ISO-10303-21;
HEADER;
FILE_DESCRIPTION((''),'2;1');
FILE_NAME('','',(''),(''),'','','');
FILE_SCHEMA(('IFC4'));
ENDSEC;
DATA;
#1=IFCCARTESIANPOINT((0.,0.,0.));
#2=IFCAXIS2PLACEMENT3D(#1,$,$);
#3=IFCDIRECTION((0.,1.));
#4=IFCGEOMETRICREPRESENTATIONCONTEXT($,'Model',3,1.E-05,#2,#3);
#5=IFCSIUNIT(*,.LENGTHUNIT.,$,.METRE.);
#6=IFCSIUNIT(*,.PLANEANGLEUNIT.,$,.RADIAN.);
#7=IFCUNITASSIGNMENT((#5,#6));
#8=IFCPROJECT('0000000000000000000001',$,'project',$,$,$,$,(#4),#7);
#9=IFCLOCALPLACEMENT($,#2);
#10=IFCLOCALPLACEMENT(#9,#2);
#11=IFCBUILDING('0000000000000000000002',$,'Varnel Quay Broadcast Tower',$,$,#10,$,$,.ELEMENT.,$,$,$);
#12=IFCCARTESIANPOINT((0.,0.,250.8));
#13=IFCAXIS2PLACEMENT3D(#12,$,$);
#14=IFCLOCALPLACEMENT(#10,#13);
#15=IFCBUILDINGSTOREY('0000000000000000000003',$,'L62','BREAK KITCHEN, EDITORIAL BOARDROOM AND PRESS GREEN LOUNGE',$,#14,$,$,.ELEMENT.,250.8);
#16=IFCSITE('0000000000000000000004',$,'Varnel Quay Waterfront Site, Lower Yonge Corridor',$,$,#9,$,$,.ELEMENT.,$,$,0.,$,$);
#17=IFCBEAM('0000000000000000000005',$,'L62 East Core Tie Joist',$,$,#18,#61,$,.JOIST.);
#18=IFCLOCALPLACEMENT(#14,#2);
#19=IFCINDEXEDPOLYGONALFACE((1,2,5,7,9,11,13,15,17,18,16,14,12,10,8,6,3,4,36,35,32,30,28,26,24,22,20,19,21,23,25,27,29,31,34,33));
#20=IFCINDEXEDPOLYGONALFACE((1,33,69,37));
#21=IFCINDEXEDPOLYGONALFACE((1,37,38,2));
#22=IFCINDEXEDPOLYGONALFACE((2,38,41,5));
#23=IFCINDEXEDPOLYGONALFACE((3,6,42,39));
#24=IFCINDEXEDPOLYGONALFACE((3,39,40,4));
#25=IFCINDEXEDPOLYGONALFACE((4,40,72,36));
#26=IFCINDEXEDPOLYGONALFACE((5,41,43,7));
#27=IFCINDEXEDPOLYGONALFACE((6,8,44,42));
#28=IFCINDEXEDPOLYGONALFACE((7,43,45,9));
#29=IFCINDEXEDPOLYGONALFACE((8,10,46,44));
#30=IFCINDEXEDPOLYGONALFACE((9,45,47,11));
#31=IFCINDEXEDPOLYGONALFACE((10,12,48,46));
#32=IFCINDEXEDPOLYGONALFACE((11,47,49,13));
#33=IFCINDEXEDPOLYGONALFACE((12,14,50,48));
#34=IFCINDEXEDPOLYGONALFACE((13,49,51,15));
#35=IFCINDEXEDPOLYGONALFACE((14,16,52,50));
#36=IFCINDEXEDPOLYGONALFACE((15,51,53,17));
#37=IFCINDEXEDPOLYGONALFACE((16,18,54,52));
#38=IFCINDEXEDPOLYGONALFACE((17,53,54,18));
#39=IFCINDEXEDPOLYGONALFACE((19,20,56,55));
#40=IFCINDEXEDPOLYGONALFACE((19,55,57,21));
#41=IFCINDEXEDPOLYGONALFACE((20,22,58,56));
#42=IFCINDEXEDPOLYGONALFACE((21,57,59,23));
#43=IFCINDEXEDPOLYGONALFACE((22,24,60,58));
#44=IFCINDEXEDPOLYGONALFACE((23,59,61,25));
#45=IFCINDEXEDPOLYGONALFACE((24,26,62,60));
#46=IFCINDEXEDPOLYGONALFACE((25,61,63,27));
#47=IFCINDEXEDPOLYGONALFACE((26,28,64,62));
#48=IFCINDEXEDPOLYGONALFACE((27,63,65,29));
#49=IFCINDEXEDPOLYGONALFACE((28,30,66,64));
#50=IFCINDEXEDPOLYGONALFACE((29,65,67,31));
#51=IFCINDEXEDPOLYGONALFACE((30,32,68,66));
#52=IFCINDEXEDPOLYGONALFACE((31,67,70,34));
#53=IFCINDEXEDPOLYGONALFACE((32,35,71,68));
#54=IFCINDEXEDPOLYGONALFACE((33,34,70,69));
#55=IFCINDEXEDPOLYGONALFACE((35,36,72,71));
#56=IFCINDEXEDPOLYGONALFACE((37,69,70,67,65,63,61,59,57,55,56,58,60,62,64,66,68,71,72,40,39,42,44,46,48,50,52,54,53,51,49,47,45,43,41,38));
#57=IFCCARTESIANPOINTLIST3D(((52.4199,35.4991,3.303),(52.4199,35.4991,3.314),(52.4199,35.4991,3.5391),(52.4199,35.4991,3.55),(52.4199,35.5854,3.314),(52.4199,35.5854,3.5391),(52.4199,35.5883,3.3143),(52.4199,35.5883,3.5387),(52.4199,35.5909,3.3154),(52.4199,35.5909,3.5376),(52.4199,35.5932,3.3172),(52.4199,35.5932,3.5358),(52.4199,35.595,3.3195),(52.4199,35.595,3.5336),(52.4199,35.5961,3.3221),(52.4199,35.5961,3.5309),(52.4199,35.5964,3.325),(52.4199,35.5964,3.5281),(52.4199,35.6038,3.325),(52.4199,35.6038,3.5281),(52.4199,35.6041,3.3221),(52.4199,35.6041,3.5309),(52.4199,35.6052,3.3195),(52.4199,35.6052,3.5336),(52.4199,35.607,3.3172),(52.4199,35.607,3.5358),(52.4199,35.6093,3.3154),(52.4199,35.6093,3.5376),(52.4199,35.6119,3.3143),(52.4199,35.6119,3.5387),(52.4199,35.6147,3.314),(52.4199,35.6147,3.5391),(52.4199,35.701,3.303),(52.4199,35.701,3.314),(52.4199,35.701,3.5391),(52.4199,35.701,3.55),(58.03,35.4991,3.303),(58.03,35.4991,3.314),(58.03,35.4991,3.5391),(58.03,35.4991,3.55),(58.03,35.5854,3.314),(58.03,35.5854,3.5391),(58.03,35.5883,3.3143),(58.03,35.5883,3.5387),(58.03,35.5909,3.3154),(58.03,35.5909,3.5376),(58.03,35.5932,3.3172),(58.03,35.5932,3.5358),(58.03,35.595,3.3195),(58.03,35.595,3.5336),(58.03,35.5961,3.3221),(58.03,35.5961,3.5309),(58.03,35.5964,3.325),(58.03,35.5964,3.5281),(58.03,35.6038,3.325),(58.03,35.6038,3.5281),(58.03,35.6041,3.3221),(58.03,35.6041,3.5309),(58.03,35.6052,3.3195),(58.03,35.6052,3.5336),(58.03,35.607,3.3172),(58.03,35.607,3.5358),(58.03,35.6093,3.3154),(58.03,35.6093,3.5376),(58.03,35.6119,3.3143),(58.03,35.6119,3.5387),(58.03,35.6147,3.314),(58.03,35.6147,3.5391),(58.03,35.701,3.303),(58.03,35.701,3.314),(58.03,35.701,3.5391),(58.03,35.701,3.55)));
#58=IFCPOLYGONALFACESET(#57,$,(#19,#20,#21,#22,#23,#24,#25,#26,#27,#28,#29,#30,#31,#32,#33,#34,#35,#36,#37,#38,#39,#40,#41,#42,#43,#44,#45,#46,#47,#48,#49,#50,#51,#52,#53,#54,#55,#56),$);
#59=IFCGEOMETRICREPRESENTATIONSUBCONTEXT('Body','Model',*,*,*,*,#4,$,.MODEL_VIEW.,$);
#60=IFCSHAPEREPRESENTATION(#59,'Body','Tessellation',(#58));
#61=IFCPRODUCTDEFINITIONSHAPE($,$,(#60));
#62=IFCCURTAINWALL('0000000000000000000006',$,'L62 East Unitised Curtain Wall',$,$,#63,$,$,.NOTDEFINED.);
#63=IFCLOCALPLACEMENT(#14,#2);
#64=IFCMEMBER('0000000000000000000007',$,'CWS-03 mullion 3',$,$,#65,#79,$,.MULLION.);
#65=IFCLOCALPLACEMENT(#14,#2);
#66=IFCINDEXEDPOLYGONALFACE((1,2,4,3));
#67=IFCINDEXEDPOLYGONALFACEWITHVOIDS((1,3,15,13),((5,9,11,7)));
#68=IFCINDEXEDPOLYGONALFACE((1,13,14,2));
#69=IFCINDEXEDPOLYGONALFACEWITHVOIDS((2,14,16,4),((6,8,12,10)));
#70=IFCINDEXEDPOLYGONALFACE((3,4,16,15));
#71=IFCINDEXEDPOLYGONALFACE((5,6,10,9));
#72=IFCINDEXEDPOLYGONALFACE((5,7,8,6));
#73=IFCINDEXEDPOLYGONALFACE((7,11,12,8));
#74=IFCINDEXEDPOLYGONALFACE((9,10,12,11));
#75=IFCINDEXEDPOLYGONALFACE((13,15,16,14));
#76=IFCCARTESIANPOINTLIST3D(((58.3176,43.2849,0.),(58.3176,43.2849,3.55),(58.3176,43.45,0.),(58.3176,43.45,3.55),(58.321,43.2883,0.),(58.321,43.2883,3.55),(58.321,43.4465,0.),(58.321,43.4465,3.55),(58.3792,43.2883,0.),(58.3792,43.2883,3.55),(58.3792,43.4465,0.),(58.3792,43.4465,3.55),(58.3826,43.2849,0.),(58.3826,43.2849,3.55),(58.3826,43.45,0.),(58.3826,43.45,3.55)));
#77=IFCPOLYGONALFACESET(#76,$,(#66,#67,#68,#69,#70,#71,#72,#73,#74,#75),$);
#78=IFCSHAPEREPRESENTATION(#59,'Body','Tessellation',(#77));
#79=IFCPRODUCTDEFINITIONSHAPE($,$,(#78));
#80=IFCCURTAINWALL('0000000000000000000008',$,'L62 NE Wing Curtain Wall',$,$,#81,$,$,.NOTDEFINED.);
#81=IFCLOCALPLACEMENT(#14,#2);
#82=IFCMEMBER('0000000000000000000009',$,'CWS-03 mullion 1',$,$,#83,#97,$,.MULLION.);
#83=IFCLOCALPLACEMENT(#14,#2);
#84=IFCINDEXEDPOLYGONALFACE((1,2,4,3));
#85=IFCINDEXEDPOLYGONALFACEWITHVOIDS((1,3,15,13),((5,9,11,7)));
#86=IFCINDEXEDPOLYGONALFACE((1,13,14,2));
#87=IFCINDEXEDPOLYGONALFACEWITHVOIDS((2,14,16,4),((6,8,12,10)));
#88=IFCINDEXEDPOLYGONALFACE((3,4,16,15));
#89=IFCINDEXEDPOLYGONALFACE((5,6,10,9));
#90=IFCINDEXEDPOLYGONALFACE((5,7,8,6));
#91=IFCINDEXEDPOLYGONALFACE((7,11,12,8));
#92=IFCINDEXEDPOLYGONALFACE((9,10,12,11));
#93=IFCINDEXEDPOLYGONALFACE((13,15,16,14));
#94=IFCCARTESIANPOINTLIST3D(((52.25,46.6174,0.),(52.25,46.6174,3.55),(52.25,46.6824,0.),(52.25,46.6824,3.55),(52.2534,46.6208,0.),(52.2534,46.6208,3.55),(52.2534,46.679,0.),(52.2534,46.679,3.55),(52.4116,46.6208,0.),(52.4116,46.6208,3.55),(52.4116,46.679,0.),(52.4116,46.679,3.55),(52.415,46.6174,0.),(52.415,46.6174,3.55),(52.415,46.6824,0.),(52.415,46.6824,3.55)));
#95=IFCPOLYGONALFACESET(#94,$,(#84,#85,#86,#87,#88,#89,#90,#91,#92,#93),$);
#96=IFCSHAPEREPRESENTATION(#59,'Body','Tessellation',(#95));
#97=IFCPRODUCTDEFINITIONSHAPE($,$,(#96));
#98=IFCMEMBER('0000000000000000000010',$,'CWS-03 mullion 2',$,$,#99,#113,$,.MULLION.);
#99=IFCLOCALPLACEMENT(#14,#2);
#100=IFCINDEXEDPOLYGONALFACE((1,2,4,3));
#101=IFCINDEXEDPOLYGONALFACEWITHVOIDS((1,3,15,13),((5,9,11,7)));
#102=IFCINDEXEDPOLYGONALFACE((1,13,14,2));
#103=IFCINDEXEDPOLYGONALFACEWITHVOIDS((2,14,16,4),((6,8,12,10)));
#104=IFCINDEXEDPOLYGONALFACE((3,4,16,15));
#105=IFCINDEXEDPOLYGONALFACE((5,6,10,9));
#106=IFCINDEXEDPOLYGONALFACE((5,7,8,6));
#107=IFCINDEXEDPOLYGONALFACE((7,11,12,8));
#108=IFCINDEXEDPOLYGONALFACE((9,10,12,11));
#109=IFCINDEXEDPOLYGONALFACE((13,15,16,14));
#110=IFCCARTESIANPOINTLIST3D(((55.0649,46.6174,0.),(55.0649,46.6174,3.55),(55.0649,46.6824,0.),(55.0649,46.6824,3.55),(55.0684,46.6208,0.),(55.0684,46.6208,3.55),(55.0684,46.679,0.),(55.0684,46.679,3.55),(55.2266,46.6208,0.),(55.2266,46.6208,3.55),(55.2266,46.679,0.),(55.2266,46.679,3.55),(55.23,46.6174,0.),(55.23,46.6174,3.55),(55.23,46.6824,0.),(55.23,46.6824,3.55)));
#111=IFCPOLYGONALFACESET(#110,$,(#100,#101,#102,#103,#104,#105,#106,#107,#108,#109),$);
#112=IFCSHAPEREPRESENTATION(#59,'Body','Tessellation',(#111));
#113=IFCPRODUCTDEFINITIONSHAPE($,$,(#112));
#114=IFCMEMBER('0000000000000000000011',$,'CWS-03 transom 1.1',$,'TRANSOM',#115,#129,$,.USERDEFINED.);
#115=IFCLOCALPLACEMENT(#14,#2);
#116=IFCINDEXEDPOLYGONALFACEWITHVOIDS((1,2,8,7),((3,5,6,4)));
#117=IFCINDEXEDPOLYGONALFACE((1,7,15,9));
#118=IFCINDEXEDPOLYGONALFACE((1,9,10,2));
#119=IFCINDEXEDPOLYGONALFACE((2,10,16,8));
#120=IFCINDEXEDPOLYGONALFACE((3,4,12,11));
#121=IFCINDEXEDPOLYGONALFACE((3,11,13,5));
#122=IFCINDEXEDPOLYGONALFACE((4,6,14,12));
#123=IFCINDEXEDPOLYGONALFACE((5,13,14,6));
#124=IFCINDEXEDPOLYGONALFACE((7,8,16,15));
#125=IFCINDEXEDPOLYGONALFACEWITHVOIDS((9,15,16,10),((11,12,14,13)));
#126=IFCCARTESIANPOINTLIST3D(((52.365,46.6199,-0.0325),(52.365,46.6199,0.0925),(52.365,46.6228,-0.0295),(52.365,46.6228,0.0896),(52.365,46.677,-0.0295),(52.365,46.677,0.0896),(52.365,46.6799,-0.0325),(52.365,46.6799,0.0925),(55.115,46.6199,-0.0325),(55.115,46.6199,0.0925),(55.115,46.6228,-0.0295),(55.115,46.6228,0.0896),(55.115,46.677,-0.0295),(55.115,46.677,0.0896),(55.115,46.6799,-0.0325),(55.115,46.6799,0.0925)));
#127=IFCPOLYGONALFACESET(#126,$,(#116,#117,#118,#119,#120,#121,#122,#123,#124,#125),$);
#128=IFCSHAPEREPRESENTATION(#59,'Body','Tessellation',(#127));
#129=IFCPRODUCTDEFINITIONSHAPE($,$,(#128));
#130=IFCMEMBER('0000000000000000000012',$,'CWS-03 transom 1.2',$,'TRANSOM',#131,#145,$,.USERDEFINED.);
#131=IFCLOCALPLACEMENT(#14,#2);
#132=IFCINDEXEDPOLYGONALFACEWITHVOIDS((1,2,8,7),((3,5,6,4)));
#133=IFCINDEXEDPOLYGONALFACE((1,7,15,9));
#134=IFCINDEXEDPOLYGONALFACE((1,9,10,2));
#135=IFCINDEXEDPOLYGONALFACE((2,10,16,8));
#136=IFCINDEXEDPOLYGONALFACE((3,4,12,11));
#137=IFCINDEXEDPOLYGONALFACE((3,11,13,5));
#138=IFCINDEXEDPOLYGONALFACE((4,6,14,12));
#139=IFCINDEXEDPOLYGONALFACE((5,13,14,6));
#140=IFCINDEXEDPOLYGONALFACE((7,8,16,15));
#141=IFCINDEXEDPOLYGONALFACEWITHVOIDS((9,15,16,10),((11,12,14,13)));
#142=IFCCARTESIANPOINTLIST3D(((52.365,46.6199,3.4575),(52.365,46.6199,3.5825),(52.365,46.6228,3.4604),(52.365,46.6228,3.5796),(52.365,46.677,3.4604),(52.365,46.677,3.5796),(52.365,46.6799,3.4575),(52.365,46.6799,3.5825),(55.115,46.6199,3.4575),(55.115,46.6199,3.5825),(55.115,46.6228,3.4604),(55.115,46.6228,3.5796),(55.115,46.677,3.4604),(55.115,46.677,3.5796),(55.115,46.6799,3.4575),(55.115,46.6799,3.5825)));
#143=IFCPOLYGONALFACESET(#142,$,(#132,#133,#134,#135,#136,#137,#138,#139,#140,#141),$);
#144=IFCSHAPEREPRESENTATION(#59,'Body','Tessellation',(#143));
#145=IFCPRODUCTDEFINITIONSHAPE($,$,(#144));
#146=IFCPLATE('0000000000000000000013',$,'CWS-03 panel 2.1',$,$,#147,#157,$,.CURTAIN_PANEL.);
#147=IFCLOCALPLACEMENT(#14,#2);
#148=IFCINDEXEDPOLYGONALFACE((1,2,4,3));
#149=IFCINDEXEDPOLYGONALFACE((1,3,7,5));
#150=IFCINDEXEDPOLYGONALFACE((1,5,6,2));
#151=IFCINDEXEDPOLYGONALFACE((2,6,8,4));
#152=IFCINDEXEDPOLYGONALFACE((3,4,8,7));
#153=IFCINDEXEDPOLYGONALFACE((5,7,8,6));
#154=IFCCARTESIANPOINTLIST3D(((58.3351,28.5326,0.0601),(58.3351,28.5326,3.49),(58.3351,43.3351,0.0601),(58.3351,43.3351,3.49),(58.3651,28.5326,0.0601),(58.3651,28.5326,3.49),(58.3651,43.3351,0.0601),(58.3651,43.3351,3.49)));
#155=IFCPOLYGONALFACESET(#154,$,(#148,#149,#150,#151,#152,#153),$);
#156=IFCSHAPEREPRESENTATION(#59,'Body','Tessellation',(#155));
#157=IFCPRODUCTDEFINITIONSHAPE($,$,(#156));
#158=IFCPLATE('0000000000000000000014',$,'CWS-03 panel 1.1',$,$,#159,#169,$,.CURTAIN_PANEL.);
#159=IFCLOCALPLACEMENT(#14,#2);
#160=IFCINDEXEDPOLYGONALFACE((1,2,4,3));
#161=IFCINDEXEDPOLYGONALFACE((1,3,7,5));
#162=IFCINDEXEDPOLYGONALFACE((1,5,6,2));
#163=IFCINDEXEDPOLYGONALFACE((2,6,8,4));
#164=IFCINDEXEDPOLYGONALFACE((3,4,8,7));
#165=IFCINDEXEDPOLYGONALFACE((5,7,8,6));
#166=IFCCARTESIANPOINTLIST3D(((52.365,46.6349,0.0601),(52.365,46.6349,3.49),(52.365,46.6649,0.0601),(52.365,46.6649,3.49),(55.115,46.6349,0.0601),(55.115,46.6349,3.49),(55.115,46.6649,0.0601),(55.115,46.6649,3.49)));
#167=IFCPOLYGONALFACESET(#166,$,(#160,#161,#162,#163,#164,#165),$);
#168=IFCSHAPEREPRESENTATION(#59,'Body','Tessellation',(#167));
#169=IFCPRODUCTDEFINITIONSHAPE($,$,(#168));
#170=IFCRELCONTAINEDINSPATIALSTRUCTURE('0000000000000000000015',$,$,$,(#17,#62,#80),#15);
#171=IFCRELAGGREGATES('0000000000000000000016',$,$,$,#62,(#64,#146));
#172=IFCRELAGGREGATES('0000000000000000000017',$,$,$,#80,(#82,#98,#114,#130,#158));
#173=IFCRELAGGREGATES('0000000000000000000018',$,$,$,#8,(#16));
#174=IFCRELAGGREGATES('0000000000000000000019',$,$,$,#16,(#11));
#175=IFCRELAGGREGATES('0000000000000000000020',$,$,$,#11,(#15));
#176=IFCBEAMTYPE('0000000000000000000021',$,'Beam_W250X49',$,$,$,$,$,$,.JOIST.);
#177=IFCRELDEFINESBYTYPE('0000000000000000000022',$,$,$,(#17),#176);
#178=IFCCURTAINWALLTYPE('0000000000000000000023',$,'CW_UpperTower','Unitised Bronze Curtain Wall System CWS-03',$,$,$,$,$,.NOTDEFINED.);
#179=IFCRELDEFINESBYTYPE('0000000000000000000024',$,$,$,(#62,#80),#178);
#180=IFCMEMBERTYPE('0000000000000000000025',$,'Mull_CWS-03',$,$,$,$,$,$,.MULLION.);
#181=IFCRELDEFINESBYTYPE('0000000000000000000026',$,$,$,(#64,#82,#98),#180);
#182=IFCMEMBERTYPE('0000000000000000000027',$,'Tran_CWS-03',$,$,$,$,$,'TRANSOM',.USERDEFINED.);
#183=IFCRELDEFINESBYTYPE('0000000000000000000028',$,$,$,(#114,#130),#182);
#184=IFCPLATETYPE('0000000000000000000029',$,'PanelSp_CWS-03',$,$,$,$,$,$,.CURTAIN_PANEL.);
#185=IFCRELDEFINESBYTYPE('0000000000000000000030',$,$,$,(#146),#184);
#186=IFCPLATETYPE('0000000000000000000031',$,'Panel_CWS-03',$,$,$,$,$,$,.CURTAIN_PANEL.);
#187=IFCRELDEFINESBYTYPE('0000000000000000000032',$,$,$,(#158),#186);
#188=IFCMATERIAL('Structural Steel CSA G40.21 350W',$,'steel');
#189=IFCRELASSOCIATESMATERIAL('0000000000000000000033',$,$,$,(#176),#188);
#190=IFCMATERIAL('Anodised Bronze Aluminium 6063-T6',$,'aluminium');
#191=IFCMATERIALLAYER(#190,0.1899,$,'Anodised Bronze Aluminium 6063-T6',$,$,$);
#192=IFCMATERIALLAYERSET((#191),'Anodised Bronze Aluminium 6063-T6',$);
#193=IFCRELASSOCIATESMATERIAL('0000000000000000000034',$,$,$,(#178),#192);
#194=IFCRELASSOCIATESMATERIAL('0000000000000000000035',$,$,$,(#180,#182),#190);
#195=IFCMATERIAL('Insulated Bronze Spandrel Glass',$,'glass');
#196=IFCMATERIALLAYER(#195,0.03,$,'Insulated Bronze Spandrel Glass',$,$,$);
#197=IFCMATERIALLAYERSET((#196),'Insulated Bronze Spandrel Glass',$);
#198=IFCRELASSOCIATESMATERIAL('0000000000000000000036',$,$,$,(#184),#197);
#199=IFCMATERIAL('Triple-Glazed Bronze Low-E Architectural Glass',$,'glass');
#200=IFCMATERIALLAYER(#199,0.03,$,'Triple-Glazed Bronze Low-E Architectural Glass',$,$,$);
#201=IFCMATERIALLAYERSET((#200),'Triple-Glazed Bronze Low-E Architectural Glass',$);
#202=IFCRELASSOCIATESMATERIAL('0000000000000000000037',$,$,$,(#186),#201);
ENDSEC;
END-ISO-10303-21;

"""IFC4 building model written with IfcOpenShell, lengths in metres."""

from ifc_helpers import new_model, si_unit, direction, frame, origin, origin_2d, place, context, subcontext, project, spatial, rectangle, hollow_rectangle, i_section, extrude, source, transform, mapped, material, layer, layer_set, material_profile, profile_set, type_object, type_shapes, element, aggregate, save


model = new_model("IFC4")

# Units and contexts
model_context = context("Model", 3, precision=1e-05, world=origin(), true_north=direction((0.0, 1.0)))
body_context = subcontext(model_context, "Body", "Model", "MODEL_VIEW")
ifc_project = project(units=[si_unit("LENGTHUNIT", "METRE"), si_unit("PLANEANGLEUNIT", "RADIAN")], contexts=[model_context])

# Site, building, storey
site_placement = place(None, origin())
site = spatial("IfcSite", under=ifc_project, at=site_placement, Name="Varnel Quay Waterfront Site, Lower Yonge Corridor", CompositionType="ELEMENT", RefElevation=0.0)
building_placement = place(site_placement, origin())
building = spatial("IfcBuilding", under=site, at=building_placement, Name="Varnel Quay Broadcast Tower", CompositionType="ELEMENT")
storey_placement = place(building_placement, frame((0.0, 0.0, 250.8)))
storey = spatial("IfcBuildingStorey", under=building, at=storey_placement, Name="L62", Description="BREAK KITCHEN, EDITORIAL BOARDROOM AND PRESS GREEN LOUNGE", CompositionType="ELEMENT", Elevation=250.8)

# Shared definitions
ifc_material_1 = material(Name="Structural Steel CSA G40.21 350W", Category="steel")

# Beam
ifc_material_profile_1 = material_profile(ifc_material_1, i_section(OverallWidth=0.2019, OverallDepth=0.2471, WebThickness=0.0073, FlangeThickness=0.011, FilletRadius=0.011, at=origin_2d()), Name="W250X49")
ifc_profile_set_1 = profile_set([ifc_material_profile_1], Name="Structural Steel CSA G40.21 350W")
beam_type_1 = type_object("IfcBeamType", Name="Beam_W250X49", PredefinedType="JOIST", material=ifc_profile_set_1)
shared_shape_1 = source(origin(), body_context, "Body", "SweptSolid", [
    extrude(i_section(OverallWidth=0.2019, OverallDepth=0.2471, WebThickness=0.0073, FlangeThickness=0.011, FilletRadius=0.011, at=origin_2d()), origin(), (0.0, 0.0, 1.0), 5.6101),
])
type_shapes(beam_type_1, [shared_shape_1])
beam_1_placement = place(storey_placement, frame((52.4199, 35.6001, 3.4265), z_axis=(1.0, 0.0, 0.0), x_axis=(0.0, 1.0, 0.0)))
element("IfcBeam", 1, at=beam_1_placement, inside=storey, type_object=beam_type_1, Name="L62 East Core Tie Joist", PredefinedType="JOIST", context=body_context, shape_type="MappedRepresentation", body=[
    mapped(shared_shape_1, transform((0.0, 0.0, 0.0), x_axis=(1.0, 0.0, 0.0), y_axis=(0.0, 1.0, 0.0), z_axis=(0.0, 0.0, 1.0), scale=1.0)),
])

# Curtain wall, member
ifc_material_2 = material(Name="Anodised Bronze Aluminium 6063-T6", Category="aluminium")
ifc_layer_1 = layer(ifc_material_2, 0.1899, Name="Anodised Bronze Aluminium 6063-T6")
ifc_layer_set_1 = layer_set([ifc_layer_1], Name="Anodised Bronze Aluminium 6063-T6")
curtain_wall_type = type_object("IfcCurtainWallType", Name="CW_UpperTower", Description="Unitised Bronze Curtain Wall System CWS-03", PredefinedType="NOTDEFINED", material=ifc_layer_set_1)
curtain_wall_1_placement = place(storey_placement, origin())
curtain_wall_1 = element("IfcCurtainWall", 2, at=curtain_wall_1_placement, inside=storey, type_object=curtain_wall_type, Name="L62 East Unitised Curtain Wall", PredefinedType="NOTDEFINED")
ifc_material_profile_2 = material_profile(ifc_material_2, hollow_rectangle(XDim=0.0649, YDim=0.165, WallThickness=0.0034, at=origin_2d()), Name="ALU65X165X3.5")
ifc_profile_set_2 = profile_set([ifc_material_profile_2], Name="Anodised Bronze Aluminium 6063-T6")
member_type_1 = type_object("IfcMemberType", Name="Mull_CWS-03", PredefinedType="MULLION", material=ifc_profile_set_2)
shared_shape_2 = source(origin(), body_context, "Body", "SweptSolid", [
    extrude(hollow_rectangle(XDim=0.0649, YDim=0.165, WallThickness=0.0034, at=origin_2d()), origin(), (0.0, 0.0, 1.0), 3.55),
])
type_shapes(member_type_1, [shared_shape_2])
member_1_placement = place(storey_placement, frame((58.3501, 43.3674, 0.0), z_axis=(0.0, 0.0, 1.0), x_axis=(-1.0, 0.0, 0.0)))
member_1 = element("IfcMember", 3, at=member_1_placement, type_object=member_type_1, Name="CWS-03 mullion 3", PredefinedType="MULLION", context=body_context, shape_type="MappedRepresentation", body=[
    mapped(shared_shape_2, transform((0.0, 0.0, 0.0), x_axis=(1.0, 0.0, 0.0), y_axis=(0.0, 1.0, 0.0), z_axis=(0.0, 0.0, 1.0), scale=1.0)),
])

# Curtain wall, members
curtain_wall_2_placement = place(storey_placement, origin())
curtain_wall_2 = element("IfcCurtainWall", 4, at=curtain_wall_2_placement, inside=storey, type_object=curtain_wall_type, Name="L62 NE Wing Curtain Wall", PredefinedType="NOTDEFINED")
member_2_placement = place(storey_placement, frame((52.3325, 46.6499, 0.0), z_axis=(0.0, 0.0, 1.0), x_axis=(0.0, 1.0, 0.0)))
member_2 = element("IfcMember", 5, at=member_2_placement, type_object=member_type_1, Name="CWS-03 mullion 1", PredefinedType="MULLION", context=body_context, shape_type="MappedRepresentation", body=[
    mapped(shared_shape_2, transform((0.0, 0.0, 0.0), x_axis=(1.0, 0.0, 0.0), y_axis=(0.0, 1.0, 0.0), z_axis=(0.0, 0.0, 1.0), scale=1.0)),
])
member_3_placement = place(storey_placement, frame((55.1475, 46.6499, 0.0), z_axis=(0.0, 0.0, 1.0), x_axis=(0.0, 1.0, 0.0)))
member_3 = element("IfcMember", 6, at=member_3_placement, type_object=member_type_1, Name="CWS-03 mullion 2", PredefinedType="MULLION", context=body_context, shape_type="MappedRepresentation", body=[
    mapped(shared_shape_2, transform((0.0, 0.0, 0.0), x_axis=(1.0, 0.0, 0.0), y_axis=(0.0, 1.0, 0.0), z_axis=(0.0, 0.0, 1.0), scale=1.0)),
])
ifc_material_profile_3 = material_profile(ifc_material_2, hollow_rectangle(XDim=0.0601, YDim=0.125, WallThickness=0.0029, at=origin_2d()), Name="ALU60X125X3")
ifc_profile_set_3 = profile_set([ifc_material_profile_3], Name="Anodised Bronze Aluminium 6063-T6")
member_type_2 = type_object("IfcMemberType", Name="Tran_CWS-03", ElementType="TRANSOM", PredefinedType="USERDEFINED", material=ifc_profile_set_3)
shared_shape_3 = source(origin(), body_context, "Body", "SweptSolid", [
    extrude(hollow_rectangle(XDim=0.0601, YDim=0.125, WallThickness=0.0029, at=origin_2d()), origin(), (0.0, 0.0, 1.0), 2.75),
])
type_shapes(member_type_2, [shared_shape_3])
member_4_placement = place(storey_placement, frame((52.365, 46.6499, 0.03), z_axis=(1.0, 0.0, 0.0), x_axis=(0.0, 1.0, 0.0)))
member_4 = element("IfcMember", 7, at=member_4_placement, type_object=member_type_2, Name="CWS-03 transom 1.1", ObjectType="TRANSOM", PredefinedType="USERDEFINED", context=body_context, shape_type="MappedRepresentation", body=[
    mapped(shared_shape_3, transform((0.0, 0.0, 0.0), x_axis=(1.0, 0.0, 0.0), y_axis=(0.0, 1.0, 0.0), z_axis=(0.0, 0.0, 1.0), scale=1.0)),
])
member_5_placement = place(storey_placement, frame((52.365, 46.6499, 3.52), z_axis=(1.0, 0.0, 0.0), x_axis=(0.0, 1.0, 0.0)))
member_5 = element("IfcMember", 8, at=member_5_placement, type_object=member_type_2, Name="CWS-03 transom 1.2", ObjectType="TRANSOM", PredefinedType="USERDEFINED", context=body_context, shape_type="MappedRepresentation", body=[
    mapped(shared_shape_3, transform((0.0, 0.0, 0.0), x_axis=(1.0, 0.0, 0.0), y_axis=(0.0, 1.0, 0.0), z_axis=(0.0, 0.0, 1.0), scale=1.0)),
])

# Plates
ifc_material_3 = material(Name="Insulated Bronze Spandrel Glass", Category="glass")
ifc_layer_2 = layer(ifc_material_3, 0.03, Name="Insulated Bronze Spandrel Glass")
ifc_layer_set_2 = layer_set([ifc_layer_2], Name="Insulated Bronze Spandrel Glass")
plate_type_1 = type_object("IfcPlateType", Name="PanelSp_CWS-03", PredefinedType="CURTAIN_PANEL", material=ifc_layer_set_2)
shared_shape_4 = source(origin(), body_context, "Body", "SweptSolid", [
    extrude(rectangle(XDim=14.8025, YDim=0.03, at=origin_2d()), origin(), (0.0, 0.0, 1.0), 3.4299),
])
type_shapes(plate_type_1, [shared_shape_4])
plate_1_placement = place(storey_placement, frame((58.3501, 35.9338, 0.0601), z_axis=(0.0, 0.0, 1.0), x_axis=(0.0, 1.0, 0.0)))
plate_1 = element("IfcPlate", 9, at=plate_1_placement, type_object=plate_type_1, Name="CWS-03 panel 2.1", PredefinedType="CURTAIN_PANEL", context=body_context, shape_type="MappedRepresentation", body=[
    mapped(shared_shape_4, transform((0.0, 0.0, 0.0), x_axis=(1.0, 0.0, 0.0), y_axis=(0.0, 1.0, 0.0), z_axis=(0.0, 0.0, 1.0), scale=1.0)),
])
aggregate(curtain_wall_1, [member_1, plate_1])
ifc_material_4 = material(Name="Triple-Glazed Bronze Low-E Architectural Glass", Category="glass")
ifc_layer_3 = layer(ifc_material_4, 0.03, Name="Triple-Glazed Bronze Low-E Architectural Glass")
ifc_layer_set_3 = layer_set([ifc_layer_3], Name="Triple-Glazed Bronze Low-E Architectural Glass")
plate_type_2 = type_object("IfcPlateType", Name="Panel_CWS-03", PredefinedType="CURTAIN_PANEL", material=ifc_layer_set_3)
shared_shape_5 = source(origin(), body_context, "Body", "SweptSolid", [
    extrude(rectangle(XDim=2.75, YDim=0.03, at=origin_2d()), origin(), (0.0, 0.0, 1.0), 3.4299),
])
type_shapes(plate_type_2, [shared_shape_5])
plate_2_placement = place(storey_placement, frame((53.74, 46.6499, 0.0601), z_axis=(0.0, 0.0, 1.0), x_axis=(1.0, 0.0, 0.0)))
plate_2 = element("IfcPlate", 10, at=plate_2_placement, type_object=plate_type_2, Name="CWS-03 panel 1.1", PredefinedType="CURTAIN_PANEL", context=body_context, shape_type="MappedRepresentation", body=[
    mapped(shared_shape_5, transform((0.0, 0.0, 0.0), x_axis=(1.0, 0.0, 0.0), y_axis=(0.0, 1.0, 0.0), z_axis=(0.0, 0.0, 1.0), scale=1.0)),
])
aggregate(curtain_wall_2, [member_2, member_3, member_4, member_5, plate_2])

save(model, "model.ifc")
